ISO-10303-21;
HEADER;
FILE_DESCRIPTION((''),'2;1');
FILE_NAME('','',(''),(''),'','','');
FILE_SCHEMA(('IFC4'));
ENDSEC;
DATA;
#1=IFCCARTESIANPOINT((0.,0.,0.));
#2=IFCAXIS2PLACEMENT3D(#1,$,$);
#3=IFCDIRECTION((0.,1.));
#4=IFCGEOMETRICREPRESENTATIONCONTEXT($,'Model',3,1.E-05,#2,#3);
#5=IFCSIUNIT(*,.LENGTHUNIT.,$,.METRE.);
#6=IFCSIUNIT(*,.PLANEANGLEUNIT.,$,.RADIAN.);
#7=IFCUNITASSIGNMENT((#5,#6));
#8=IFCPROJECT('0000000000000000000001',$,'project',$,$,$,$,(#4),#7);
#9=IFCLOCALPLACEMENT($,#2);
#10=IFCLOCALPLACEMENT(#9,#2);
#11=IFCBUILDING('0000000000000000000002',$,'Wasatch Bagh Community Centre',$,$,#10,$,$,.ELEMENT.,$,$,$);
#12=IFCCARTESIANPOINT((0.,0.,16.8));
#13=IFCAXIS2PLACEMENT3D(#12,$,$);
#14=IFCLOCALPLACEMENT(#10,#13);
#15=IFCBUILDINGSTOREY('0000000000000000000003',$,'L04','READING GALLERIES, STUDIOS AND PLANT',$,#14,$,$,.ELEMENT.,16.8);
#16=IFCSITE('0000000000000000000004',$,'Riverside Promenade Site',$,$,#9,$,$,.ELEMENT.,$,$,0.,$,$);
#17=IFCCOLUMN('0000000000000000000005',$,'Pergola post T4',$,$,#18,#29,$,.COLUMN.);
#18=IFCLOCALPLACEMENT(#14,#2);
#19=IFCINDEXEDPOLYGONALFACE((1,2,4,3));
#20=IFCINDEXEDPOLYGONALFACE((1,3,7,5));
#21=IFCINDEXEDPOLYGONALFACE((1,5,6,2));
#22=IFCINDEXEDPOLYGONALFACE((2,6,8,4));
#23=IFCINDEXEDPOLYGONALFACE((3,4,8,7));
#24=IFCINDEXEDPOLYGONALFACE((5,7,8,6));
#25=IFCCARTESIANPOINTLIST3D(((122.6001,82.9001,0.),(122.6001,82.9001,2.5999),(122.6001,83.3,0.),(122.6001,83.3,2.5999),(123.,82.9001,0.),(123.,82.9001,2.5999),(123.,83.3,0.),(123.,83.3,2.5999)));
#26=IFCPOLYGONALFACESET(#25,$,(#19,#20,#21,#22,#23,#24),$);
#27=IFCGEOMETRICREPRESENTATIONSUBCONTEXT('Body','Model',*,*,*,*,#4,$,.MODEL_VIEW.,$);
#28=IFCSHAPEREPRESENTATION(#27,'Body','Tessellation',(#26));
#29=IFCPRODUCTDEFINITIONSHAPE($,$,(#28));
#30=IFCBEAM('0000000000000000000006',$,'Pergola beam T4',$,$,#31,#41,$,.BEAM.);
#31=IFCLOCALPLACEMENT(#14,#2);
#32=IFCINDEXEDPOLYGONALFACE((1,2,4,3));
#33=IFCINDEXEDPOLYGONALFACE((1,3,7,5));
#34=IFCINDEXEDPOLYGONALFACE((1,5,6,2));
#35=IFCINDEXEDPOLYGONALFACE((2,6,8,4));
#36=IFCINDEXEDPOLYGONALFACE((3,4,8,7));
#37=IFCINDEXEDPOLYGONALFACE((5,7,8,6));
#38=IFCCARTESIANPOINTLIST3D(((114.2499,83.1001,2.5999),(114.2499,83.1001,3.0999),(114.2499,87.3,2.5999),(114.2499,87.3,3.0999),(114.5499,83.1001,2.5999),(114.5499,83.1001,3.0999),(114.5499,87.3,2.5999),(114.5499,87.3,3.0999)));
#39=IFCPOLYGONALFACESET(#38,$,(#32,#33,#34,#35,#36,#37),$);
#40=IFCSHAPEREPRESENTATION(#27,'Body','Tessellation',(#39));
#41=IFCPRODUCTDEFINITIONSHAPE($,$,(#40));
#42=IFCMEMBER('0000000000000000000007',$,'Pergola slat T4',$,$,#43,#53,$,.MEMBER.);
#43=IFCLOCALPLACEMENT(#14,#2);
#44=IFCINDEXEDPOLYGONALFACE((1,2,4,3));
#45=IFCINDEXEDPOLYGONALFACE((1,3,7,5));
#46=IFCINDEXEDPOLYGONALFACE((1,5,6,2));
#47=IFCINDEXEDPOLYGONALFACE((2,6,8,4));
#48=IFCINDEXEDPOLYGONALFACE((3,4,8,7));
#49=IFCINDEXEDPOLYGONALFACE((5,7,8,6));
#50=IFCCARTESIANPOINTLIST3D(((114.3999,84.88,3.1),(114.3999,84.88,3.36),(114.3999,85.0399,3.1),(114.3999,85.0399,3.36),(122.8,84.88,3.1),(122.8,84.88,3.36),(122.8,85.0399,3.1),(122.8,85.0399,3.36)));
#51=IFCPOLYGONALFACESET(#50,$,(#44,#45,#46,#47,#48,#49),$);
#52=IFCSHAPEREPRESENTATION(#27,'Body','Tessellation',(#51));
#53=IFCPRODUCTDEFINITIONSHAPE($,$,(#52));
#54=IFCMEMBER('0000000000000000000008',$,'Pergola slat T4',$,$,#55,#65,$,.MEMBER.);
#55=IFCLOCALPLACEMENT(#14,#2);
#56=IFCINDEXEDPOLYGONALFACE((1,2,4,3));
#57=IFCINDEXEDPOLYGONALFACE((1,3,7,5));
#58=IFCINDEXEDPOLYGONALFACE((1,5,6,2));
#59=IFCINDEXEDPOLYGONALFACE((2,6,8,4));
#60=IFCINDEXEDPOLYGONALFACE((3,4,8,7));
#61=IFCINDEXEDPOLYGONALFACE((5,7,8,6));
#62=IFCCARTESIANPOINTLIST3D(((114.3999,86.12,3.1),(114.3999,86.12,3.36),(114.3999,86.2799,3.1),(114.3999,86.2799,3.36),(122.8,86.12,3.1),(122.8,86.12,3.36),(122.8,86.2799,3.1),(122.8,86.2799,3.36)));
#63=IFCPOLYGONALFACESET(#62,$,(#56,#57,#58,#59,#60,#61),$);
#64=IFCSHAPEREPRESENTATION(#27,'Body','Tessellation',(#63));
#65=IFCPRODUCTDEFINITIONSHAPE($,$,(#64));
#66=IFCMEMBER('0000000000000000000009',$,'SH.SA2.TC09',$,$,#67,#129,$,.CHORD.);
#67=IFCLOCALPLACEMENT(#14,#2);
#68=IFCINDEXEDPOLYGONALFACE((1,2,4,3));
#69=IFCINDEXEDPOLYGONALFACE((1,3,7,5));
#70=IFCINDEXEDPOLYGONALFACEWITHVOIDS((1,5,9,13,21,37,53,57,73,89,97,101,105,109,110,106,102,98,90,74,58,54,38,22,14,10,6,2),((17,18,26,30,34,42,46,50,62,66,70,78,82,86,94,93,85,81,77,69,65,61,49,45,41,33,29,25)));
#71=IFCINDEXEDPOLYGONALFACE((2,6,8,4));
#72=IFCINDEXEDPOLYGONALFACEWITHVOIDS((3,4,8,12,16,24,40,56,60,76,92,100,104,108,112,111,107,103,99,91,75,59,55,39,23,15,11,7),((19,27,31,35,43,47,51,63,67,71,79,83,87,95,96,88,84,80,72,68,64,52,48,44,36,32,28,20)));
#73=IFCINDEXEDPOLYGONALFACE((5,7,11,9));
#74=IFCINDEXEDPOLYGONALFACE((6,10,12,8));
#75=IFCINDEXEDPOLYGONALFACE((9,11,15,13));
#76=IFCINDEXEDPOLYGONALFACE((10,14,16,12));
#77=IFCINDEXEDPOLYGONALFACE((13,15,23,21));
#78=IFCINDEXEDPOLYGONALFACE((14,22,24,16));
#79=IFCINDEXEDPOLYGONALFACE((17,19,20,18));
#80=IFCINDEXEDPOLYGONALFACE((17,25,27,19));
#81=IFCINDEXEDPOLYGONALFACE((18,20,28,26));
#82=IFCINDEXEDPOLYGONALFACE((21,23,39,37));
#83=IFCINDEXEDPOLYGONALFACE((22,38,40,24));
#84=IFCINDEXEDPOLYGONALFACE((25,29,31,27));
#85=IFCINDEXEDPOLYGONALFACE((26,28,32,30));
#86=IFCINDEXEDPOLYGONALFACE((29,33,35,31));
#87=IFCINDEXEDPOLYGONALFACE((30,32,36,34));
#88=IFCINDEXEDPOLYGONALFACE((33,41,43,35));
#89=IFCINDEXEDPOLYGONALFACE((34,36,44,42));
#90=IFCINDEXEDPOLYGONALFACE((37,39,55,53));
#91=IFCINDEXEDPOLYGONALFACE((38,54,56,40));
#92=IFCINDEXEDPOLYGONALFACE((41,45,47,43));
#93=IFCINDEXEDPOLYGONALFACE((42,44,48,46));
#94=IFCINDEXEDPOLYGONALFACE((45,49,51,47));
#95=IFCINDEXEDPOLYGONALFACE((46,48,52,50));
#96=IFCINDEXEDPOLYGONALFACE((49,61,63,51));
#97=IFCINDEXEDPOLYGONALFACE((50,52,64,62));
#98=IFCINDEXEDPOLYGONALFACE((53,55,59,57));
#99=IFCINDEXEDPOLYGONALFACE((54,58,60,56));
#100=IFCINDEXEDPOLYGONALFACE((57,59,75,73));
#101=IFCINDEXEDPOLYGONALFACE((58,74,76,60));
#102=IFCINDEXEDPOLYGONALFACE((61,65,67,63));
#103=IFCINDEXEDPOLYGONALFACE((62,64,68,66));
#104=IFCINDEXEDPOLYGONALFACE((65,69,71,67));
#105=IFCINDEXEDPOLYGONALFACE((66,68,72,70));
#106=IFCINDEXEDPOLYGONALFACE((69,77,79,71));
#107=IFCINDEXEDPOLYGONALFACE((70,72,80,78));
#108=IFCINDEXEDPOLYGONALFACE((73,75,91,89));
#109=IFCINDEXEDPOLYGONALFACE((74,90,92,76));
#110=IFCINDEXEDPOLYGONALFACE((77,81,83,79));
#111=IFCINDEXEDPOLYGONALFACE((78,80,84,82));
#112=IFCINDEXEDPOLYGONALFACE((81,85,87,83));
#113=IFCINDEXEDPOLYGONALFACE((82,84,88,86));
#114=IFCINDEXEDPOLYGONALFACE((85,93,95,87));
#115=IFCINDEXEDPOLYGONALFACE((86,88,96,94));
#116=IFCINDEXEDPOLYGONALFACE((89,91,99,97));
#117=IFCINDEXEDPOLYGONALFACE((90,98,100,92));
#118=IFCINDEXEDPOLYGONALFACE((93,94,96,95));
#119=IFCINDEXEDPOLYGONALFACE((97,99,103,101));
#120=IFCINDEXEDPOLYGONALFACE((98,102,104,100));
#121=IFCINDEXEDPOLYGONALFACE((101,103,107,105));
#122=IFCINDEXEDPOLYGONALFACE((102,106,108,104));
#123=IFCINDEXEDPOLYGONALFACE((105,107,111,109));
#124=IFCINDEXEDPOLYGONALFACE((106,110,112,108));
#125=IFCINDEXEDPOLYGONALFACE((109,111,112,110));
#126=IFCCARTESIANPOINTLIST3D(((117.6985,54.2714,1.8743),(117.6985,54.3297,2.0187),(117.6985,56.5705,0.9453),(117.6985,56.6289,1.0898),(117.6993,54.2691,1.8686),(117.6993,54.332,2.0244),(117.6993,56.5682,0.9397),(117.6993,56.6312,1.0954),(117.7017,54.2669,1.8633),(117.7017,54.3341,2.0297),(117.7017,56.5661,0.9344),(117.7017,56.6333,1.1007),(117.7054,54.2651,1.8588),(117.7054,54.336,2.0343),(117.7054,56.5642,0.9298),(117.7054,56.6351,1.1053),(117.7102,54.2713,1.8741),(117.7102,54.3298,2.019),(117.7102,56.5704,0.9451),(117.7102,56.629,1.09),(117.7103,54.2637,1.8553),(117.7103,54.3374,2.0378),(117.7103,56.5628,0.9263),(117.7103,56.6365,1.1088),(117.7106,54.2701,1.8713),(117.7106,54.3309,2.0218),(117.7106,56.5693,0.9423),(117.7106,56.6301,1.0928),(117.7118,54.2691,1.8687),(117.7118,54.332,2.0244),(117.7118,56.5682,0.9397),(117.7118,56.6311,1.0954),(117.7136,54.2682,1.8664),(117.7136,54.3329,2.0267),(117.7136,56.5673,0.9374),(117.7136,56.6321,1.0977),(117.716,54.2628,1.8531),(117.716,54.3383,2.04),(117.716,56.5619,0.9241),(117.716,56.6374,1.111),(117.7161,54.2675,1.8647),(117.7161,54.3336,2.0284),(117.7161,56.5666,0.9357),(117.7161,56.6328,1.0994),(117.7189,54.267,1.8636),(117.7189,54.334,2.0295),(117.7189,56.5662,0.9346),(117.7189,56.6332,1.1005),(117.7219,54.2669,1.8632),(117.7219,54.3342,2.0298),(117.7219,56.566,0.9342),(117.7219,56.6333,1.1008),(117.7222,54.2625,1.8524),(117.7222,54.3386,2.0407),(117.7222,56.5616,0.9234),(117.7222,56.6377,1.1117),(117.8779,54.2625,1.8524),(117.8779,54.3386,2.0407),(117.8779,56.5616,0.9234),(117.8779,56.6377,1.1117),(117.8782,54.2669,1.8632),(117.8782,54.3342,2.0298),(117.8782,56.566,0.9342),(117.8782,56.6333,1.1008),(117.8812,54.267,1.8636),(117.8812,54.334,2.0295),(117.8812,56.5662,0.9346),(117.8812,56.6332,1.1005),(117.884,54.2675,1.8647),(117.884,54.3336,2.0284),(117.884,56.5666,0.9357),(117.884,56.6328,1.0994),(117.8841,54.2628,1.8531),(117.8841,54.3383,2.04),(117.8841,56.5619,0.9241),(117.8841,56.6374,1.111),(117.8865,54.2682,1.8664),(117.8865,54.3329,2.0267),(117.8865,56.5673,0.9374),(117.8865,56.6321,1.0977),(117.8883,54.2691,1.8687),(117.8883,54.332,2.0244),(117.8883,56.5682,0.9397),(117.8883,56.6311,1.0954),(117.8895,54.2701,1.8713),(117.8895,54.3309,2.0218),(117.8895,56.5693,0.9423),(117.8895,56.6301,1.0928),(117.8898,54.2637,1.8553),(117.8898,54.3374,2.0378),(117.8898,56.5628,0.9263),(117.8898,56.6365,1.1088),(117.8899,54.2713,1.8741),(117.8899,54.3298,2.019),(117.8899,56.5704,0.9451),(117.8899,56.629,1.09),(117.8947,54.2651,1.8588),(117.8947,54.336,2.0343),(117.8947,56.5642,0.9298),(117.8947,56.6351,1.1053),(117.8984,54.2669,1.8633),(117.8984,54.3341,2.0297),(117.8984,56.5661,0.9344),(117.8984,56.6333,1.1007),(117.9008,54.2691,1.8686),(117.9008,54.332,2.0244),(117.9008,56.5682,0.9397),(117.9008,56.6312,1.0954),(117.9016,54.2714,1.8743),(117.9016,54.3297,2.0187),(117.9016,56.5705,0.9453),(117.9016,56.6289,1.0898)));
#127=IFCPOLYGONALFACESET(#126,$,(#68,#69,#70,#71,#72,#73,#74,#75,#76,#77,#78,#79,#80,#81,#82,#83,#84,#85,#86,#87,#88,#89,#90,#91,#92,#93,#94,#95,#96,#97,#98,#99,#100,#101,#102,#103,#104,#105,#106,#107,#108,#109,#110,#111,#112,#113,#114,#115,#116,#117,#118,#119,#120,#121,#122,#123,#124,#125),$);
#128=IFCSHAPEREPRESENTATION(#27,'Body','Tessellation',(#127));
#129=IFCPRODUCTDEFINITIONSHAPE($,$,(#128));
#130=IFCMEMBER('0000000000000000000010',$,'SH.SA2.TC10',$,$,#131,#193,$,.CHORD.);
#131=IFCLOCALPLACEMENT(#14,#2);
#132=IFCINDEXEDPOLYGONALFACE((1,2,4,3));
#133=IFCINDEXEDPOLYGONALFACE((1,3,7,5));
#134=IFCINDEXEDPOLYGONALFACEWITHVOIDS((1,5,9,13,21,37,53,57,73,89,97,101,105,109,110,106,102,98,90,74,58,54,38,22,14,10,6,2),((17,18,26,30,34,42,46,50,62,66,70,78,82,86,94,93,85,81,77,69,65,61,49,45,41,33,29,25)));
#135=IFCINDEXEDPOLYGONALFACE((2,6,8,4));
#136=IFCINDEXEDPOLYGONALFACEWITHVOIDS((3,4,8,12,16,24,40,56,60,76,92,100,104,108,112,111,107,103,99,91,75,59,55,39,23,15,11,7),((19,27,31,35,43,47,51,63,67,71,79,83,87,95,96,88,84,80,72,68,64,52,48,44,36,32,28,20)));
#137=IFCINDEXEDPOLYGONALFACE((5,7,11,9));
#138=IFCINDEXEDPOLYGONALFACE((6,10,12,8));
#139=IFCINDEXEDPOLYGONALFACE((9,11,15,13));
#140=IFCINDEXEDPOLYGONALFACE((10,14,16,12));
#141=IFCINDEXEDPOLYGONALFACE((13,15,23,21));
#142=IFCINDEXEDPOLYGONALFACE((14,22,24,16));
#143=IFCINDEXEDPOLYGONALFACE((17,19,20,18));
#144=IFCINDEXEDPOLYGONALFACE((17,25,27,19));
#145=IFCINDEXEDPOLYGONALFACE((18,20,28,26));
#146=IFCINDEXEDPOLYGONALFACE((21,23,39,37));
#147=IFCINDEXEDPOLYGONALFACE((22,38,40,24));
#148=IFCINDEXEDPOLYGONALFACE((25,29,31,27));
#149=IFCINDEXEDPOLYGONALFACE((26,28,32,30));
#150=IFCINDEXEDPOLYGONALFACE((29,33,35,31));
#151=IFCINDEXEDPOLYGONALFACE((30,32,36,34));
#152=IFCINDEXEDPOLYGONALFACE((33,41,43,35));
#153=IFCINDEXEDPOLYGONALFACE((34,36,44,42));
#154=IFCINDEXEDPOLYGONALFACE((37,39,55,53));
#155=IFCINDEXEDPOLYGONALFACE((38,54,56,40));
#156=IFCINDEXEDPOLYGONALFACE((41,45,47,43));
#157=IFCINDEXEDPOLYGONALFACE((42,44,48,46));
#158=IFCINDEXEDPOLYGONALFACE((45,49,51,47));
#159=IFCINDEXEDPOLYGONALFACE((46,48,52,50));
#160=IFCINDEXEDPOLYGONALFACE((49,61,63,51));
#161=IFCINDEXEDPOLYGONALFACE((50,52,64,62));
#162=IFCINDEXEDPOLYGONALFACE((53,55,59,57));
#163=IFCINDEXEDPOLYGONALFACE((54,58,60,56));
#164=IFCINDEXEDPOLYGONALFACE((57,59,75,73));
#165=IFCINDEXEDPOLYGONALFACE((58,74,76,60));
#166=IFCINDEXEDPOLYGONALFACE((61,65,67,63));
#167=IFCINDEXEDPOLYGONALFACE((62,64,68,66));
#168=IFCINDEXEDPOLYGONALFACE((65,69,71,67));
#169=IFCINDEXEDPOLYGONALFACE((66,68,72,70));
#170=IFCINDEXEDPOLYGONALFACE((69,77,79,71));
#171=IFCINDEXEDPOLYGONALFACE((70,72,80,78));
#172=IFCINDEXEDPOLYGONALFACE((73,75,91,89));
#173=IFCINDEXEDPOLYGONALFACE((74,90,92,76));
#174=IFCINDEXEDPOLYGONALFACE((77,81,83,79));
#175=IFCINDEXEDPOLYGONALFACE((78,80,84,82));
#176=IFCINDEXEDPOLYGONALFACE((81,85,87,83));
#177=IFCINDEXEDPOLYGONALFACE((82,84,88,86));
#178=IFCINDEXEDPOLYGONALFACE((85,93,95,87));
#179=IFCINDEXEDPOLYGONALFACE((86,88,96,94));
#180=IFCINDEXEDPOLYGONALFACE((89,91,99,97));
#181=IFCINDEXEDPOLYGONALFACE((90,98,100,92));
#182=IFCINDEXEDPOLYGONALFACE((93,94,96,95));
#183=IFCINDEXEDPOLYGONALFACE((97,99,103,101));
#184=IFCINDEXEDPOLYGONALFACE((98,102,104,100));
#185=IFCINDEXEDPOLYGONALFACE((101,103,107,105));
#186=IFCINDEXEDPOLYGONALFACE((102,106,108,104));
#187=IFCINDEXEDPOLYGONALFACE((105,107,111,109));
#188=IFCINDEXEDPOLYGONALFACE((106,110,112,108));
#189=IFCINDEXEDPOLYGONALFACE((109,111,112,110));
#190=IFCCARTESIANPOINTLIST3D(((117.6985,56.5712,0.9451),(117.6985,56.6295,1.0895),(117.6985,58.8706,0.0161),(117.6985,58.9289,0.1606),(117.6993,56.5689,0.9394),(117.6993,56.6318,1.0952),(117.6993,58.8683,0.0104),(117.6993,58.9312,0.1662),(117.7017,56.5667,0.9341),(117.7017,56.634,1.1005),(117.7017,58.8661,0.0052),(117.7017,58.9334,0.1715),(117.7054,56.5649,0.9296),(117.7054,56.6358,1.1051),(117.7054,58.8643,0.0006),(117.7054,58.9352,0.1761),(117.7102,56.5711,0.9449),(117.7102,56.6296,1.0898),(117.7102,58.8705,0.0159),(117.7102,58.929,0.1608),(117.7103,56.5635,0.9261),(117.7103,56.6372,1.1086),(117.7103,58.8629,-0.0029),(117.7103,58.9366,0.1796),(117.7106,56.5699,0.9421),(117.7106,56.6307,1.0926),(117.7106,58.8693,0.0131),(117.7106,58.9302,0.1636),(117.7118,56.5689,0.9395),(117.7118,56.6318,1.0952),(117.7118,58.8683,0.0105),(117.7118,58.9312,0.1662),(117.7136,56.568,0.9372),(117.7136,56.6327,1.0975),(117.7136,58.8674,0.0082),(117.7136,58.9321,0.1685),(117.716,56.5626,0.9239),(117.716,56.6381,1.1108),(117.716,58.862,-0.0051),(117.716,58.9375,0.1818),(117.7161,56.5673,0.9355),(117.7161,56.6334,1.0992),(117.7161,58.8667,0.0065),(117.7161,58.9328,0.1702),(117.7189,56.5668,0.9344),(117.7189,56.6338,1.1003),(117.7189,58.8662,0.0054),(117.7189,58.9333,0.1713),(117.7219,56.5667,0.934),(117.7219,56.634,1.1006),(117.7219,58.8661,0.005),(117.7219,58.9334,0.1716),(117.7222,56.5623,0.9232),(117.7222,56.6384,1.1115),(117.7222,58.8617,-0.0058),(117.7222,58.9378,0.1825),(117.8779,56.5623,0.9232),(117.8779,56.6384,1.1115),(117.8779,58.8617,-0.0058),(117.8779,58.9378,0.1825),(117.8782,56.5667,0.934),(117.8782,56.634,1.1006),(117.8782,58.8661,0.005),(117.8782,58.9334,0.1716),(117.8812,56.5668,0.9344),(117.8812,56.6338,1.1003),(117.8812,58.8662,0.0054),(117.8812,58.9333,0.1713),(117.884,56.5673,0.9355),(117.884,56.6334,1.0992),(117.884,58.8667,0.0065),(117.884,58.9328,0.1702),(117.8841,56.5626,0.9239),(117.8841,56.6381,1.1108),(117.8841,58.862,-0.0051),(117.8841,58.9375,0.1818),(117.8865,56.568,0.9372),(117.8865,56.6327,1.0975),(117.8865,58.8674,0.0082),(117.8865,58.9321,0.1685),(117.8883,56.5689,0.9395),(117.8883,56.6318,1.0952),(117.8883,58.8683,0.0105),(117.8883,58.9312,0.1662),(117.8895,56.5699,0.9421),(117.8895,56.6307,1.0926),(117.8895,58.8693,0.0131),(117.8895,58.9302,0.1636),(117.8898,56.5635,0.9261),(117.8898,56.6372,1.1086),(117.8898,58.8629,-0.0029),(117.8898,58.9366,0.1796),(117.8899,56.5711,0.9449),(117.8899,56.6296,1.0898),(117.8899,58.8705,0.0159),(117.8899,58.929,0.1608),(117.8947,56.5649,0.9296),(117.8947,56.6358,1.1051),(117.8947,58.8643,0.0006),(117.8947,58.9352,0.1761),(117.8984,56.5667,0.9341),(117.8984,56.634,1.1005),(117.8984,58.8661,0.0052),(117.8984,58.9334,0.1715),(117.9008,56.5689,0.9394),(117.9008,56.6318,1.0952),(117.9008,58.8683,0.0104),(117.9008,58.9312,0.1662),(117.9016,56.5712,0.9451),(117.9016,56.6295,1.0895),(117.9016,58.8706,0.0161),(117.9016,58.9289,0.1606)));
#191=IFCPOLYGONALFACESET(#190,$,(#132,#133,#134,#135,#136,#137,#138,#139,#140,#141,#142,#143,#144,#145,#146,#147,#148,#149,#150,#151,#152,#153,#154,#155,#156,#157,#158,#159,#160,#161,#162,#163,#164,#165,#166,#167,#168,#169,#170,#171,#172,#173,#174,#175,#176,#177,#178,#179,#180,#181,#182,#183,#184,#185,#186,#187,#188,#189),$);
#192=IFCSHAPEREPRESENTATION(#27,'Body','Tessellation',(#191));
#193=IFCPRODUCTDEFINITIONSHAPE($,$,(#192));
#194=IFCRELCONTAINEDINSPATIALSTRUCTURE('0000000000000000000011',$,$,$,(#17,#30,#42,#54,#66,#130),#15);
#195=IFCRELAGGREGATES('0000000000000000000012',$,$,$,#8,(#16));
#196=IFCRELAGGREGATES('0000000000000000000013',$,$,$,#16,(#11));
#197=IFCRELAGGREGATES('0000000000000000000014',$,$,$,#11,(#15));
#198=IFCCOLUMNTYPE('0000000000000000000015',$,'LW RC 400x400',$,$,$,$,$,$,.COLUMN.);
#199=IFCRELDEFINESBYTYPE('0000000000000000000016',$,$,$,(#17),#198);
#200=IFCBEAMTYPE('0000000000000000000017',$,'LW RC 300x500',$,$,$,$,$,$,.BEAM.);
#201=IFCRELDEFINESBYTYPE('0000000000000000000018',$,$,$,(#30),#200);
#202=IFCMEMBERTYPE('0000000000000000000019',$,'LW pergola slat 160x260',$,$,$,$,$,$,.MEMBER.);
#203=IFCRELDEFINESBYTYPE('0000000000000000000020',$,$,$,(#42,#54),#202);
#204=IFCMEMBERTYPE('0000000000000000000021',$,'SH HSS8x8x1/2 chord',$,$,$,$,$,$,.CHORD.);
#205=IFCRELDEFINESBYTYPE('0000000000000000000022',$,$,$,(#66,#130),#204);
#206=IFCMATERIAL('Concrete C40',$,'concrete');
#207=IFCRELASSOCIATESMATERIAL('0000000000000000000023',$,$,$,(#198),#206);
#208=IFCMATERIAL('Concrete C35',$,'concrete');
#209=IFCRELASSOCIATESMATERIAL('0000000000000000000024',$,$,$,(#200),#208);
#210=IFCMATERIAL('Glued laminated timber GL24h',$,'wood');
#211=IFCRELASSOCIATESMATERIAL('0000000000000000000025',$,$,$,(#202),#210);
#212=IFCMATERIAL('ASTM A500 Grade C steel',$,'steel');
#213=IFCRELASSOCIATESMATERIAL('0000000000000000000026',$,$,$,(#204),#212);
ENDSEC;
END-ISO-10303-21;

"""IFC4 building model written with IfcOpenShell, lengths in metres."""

from ifc_helpers import new_model, si_unit, direction, frame, origin, origin_2d, place, context, subcontext, project, spatial, rectangle, hollow_rectangle, extrude, material, material_profile, profile_set, type_object, element, save


model = new_model("IFC4")

# Units and contexts
model_context = context("Model", 3, precision=1e-05, world=origin(), true_north=direction((0.0, 1.0)))
body_context = subcontext(model_context, "Body", "Model", "MODEL_VIEW")
ifc_project = project(units=[si_unit("LENGTHUNIT", "METRE"), si_unit("PLANEANGLEUNIT", "RADIAN")], contexts=[model_context])

# Site, building, storey
site_placement = place(None, origin())
site = spatial("IfcSite", under=ifc_project, at=site_placement, Name="Riverside Promenade Site", CompositionType="ELEMENT", RefElevation=0.0)
building_placement = place(site_placement, origin())
building = spatial("IfcBuilding", under=site, at=building_placement, Name="Wasatch Bagh Community Centre", CompositionType="ELEMENT")
storey_placement = place(building_placement, frame((0.0, 0.0, 16.8)))
storey = spatial("IfcBuildingStorey", under=building, at=storey_placement, Name="L04", Description="READING GALLERIES, STUDIOS AND PLANT", CompositionType="ELEMENT", Elevation=16.8)

# Column
ifc_material_1 = material(Name="Concrete C40", Category="concrete")
ifc_material_profile_1 = material_profile(ifc_material_1, rectangle(XDim=0.3999, YDim=0.3999, at=origin_2d()), Name="RC 400x400")
ifc_profile_set_1 = profile_set([ifc_material_profile_1], Name="Concrete C40")
column_type = type_object("IfcColumnType", Name="LW RC 400x400", PredefinedType="COLUMN", material=ifc_profile_set_1)
column_placement = place(storey_placement, frame((122.8, 83.1001, 0.0), z_axis=(0.0, 0.0, 1.0), x_axis=(1.0, 0.0, 0.0)))
element("IfcColumn", 1, at=column_placement, inside=storey, type_object=column_type, Name="Pergola post T4", PredefinedType="COLUMN", context=body_context, shape_type="SweptSolid", body=[
    extrude(rectangle(XDim=0.3999, YDim=0.3999, at=origin_2d()), origin(), (0.0, 0.0, 1.0), 2.5999),
])

# Beam
ifc_material_2 = material(Name="Concrete C35", Category="concrete")
ifc_material_profile_2 = material_profile(ifc_material_2, rectangle(XDim=0.3, YDim=0.5, at=origin_2d()), Name="RC 300x500")
ifc_profile_set_2 = profile_set([ifc_material_profile_2], Name="Concrete C35")
beam_type = type_object("IfcBeamType", Name="LW RC 300x500", PredefinedType="BEAM", material=ifc_profile_set_2)
beam_placement = place(storey_placement, frame((114.3999, 87.3, 2.8499), z_axis=(0.0, -1.0, 0.0), x_axis=(1.0, 0.0, 0.0)))
element("IfcBeam", 2, at=beam_placement, inside=storey, type_object=beam_type, Name="Pergola beam T4", PredefinedType="BEAM", context=body_context, shape_type="SweptSolid", body=[
    extrude(rectangle(XDim=0.3, YDim=0.5, at=origin_2d()), origin(), (0.0, 0.0, 1.0), 4.2),
])

# Members
ifc_material_3 = material(Name="Glued laminated timber GL24h", Category="wood")
ifc_material_profile_3 = material_profile(ifc_material_3, rectangle(XDim=0.1599, YDim=0.26, at=origin_2d()), Name="GL 160x260")
ifc_profile_set_3 = profile_set([ifc_material_profile_3], Name="Glued laminated timber GL24h")
member_type_1 = type_object("IfcMemberType", Name="LW pergola slat 160x260", PredefinedType="MEMBER", material=ifc_profile_set_3)
for number, where, z_axis, x_axis, name in (
    (3, (114.3999, 84.96, 3.23), (1.0, 0.0, 0.0), (0.0, 1.0, 0.0), "Pergola slat T4"),
    (4, (114.3999, 86.2, 3.23), (1.0, 0.0, 0.0), (0.0, 1.0, 0.0), "Pergola slat T4"),
):
    element("IfcMember", number, at=place(storey_placement, frame(where, z_axis=z_axis, x_axis=x_axis)), inside=storey, type_object=member_type_1, Name=name, PredefinedType="MEMBER", context=body_context, shape_type="SweptSolid", body=[
        extrude(rectangle(XDim=0.1599, YDim=0.26, at=origin_2d()), origin(), (0.0, 0.0, 1.0), 8.4001),
    ])
ifc_material_4 = material(Name="ASTM A500 Grade C steel", Category="steel")
ifc_material_profile_4 = material_profile(ifc_material_4, hollow_rectangle(XDim=0.2031, YDim=0.2031, WallThickness=0.0117, InnerFilletRadius=0.0117, OuterFilletRadius=0.0237, at=origin_2d()), Name="HSS8x8x1/2")
ifc_profile_set_4 = profile_set([ifc_material_profile_4], Name="ASTM A500 Grade C steel")
member_type_2 = type_object("IfcMemberType", Name="SH HSS8x8x1/2 chord", PredefinedType="CHORD", material=ifc_profile_set_4)
member_1_placement = place(storey_placement, frame((117.8, 54.3005, 1.9465), z_axis=(0.0, 0.927174, -0.374631), x_axis=(-1.0, 0.0, 0.0)))
element("IfcMember", 5, at=member_1_placement, inside=storey, type_object=member_type_2, Name="SH.SA2.TC09", PredefinedType="CHORD", context=body_context, shape_type="SweptSolid", body=[
    extrude(hollow_rectangle(XDim=0.2031, YDim=0.2031, WallThickness=0.0117, InnerFilletRadius=0.0117, OuterFilletRadius=0.0237, at=origin_2d()), origin(), (0.0, 0.0, 1.0), 2.4797),
])
member_2_placement = place(storey_placement, frame((117.8, 56.6003, 1.0173), z_axis=(0.0, 0.927188, -0.374597), x_axis=(-1.0, 0.0, 0.0)))
element("IfcMember", 6, at=member_2_placement, inside=storey, type_object=member_type_2, Name="SH.SA2.TC10", PredefinedType="CHORD", context=body_context, shape_type="SweptSolid", body=[
    extrude(hollow_rectangle(XDim=0.2031, YDim=0.2031, WallThickness=0.0117, InnerFilletRadius=0.0117, OuterFilletRadius=0.0237, at=origin_2d()), origin(), (0.0, 0.0, 1.0), 2.48),
])

save(model, "model.ifc")
